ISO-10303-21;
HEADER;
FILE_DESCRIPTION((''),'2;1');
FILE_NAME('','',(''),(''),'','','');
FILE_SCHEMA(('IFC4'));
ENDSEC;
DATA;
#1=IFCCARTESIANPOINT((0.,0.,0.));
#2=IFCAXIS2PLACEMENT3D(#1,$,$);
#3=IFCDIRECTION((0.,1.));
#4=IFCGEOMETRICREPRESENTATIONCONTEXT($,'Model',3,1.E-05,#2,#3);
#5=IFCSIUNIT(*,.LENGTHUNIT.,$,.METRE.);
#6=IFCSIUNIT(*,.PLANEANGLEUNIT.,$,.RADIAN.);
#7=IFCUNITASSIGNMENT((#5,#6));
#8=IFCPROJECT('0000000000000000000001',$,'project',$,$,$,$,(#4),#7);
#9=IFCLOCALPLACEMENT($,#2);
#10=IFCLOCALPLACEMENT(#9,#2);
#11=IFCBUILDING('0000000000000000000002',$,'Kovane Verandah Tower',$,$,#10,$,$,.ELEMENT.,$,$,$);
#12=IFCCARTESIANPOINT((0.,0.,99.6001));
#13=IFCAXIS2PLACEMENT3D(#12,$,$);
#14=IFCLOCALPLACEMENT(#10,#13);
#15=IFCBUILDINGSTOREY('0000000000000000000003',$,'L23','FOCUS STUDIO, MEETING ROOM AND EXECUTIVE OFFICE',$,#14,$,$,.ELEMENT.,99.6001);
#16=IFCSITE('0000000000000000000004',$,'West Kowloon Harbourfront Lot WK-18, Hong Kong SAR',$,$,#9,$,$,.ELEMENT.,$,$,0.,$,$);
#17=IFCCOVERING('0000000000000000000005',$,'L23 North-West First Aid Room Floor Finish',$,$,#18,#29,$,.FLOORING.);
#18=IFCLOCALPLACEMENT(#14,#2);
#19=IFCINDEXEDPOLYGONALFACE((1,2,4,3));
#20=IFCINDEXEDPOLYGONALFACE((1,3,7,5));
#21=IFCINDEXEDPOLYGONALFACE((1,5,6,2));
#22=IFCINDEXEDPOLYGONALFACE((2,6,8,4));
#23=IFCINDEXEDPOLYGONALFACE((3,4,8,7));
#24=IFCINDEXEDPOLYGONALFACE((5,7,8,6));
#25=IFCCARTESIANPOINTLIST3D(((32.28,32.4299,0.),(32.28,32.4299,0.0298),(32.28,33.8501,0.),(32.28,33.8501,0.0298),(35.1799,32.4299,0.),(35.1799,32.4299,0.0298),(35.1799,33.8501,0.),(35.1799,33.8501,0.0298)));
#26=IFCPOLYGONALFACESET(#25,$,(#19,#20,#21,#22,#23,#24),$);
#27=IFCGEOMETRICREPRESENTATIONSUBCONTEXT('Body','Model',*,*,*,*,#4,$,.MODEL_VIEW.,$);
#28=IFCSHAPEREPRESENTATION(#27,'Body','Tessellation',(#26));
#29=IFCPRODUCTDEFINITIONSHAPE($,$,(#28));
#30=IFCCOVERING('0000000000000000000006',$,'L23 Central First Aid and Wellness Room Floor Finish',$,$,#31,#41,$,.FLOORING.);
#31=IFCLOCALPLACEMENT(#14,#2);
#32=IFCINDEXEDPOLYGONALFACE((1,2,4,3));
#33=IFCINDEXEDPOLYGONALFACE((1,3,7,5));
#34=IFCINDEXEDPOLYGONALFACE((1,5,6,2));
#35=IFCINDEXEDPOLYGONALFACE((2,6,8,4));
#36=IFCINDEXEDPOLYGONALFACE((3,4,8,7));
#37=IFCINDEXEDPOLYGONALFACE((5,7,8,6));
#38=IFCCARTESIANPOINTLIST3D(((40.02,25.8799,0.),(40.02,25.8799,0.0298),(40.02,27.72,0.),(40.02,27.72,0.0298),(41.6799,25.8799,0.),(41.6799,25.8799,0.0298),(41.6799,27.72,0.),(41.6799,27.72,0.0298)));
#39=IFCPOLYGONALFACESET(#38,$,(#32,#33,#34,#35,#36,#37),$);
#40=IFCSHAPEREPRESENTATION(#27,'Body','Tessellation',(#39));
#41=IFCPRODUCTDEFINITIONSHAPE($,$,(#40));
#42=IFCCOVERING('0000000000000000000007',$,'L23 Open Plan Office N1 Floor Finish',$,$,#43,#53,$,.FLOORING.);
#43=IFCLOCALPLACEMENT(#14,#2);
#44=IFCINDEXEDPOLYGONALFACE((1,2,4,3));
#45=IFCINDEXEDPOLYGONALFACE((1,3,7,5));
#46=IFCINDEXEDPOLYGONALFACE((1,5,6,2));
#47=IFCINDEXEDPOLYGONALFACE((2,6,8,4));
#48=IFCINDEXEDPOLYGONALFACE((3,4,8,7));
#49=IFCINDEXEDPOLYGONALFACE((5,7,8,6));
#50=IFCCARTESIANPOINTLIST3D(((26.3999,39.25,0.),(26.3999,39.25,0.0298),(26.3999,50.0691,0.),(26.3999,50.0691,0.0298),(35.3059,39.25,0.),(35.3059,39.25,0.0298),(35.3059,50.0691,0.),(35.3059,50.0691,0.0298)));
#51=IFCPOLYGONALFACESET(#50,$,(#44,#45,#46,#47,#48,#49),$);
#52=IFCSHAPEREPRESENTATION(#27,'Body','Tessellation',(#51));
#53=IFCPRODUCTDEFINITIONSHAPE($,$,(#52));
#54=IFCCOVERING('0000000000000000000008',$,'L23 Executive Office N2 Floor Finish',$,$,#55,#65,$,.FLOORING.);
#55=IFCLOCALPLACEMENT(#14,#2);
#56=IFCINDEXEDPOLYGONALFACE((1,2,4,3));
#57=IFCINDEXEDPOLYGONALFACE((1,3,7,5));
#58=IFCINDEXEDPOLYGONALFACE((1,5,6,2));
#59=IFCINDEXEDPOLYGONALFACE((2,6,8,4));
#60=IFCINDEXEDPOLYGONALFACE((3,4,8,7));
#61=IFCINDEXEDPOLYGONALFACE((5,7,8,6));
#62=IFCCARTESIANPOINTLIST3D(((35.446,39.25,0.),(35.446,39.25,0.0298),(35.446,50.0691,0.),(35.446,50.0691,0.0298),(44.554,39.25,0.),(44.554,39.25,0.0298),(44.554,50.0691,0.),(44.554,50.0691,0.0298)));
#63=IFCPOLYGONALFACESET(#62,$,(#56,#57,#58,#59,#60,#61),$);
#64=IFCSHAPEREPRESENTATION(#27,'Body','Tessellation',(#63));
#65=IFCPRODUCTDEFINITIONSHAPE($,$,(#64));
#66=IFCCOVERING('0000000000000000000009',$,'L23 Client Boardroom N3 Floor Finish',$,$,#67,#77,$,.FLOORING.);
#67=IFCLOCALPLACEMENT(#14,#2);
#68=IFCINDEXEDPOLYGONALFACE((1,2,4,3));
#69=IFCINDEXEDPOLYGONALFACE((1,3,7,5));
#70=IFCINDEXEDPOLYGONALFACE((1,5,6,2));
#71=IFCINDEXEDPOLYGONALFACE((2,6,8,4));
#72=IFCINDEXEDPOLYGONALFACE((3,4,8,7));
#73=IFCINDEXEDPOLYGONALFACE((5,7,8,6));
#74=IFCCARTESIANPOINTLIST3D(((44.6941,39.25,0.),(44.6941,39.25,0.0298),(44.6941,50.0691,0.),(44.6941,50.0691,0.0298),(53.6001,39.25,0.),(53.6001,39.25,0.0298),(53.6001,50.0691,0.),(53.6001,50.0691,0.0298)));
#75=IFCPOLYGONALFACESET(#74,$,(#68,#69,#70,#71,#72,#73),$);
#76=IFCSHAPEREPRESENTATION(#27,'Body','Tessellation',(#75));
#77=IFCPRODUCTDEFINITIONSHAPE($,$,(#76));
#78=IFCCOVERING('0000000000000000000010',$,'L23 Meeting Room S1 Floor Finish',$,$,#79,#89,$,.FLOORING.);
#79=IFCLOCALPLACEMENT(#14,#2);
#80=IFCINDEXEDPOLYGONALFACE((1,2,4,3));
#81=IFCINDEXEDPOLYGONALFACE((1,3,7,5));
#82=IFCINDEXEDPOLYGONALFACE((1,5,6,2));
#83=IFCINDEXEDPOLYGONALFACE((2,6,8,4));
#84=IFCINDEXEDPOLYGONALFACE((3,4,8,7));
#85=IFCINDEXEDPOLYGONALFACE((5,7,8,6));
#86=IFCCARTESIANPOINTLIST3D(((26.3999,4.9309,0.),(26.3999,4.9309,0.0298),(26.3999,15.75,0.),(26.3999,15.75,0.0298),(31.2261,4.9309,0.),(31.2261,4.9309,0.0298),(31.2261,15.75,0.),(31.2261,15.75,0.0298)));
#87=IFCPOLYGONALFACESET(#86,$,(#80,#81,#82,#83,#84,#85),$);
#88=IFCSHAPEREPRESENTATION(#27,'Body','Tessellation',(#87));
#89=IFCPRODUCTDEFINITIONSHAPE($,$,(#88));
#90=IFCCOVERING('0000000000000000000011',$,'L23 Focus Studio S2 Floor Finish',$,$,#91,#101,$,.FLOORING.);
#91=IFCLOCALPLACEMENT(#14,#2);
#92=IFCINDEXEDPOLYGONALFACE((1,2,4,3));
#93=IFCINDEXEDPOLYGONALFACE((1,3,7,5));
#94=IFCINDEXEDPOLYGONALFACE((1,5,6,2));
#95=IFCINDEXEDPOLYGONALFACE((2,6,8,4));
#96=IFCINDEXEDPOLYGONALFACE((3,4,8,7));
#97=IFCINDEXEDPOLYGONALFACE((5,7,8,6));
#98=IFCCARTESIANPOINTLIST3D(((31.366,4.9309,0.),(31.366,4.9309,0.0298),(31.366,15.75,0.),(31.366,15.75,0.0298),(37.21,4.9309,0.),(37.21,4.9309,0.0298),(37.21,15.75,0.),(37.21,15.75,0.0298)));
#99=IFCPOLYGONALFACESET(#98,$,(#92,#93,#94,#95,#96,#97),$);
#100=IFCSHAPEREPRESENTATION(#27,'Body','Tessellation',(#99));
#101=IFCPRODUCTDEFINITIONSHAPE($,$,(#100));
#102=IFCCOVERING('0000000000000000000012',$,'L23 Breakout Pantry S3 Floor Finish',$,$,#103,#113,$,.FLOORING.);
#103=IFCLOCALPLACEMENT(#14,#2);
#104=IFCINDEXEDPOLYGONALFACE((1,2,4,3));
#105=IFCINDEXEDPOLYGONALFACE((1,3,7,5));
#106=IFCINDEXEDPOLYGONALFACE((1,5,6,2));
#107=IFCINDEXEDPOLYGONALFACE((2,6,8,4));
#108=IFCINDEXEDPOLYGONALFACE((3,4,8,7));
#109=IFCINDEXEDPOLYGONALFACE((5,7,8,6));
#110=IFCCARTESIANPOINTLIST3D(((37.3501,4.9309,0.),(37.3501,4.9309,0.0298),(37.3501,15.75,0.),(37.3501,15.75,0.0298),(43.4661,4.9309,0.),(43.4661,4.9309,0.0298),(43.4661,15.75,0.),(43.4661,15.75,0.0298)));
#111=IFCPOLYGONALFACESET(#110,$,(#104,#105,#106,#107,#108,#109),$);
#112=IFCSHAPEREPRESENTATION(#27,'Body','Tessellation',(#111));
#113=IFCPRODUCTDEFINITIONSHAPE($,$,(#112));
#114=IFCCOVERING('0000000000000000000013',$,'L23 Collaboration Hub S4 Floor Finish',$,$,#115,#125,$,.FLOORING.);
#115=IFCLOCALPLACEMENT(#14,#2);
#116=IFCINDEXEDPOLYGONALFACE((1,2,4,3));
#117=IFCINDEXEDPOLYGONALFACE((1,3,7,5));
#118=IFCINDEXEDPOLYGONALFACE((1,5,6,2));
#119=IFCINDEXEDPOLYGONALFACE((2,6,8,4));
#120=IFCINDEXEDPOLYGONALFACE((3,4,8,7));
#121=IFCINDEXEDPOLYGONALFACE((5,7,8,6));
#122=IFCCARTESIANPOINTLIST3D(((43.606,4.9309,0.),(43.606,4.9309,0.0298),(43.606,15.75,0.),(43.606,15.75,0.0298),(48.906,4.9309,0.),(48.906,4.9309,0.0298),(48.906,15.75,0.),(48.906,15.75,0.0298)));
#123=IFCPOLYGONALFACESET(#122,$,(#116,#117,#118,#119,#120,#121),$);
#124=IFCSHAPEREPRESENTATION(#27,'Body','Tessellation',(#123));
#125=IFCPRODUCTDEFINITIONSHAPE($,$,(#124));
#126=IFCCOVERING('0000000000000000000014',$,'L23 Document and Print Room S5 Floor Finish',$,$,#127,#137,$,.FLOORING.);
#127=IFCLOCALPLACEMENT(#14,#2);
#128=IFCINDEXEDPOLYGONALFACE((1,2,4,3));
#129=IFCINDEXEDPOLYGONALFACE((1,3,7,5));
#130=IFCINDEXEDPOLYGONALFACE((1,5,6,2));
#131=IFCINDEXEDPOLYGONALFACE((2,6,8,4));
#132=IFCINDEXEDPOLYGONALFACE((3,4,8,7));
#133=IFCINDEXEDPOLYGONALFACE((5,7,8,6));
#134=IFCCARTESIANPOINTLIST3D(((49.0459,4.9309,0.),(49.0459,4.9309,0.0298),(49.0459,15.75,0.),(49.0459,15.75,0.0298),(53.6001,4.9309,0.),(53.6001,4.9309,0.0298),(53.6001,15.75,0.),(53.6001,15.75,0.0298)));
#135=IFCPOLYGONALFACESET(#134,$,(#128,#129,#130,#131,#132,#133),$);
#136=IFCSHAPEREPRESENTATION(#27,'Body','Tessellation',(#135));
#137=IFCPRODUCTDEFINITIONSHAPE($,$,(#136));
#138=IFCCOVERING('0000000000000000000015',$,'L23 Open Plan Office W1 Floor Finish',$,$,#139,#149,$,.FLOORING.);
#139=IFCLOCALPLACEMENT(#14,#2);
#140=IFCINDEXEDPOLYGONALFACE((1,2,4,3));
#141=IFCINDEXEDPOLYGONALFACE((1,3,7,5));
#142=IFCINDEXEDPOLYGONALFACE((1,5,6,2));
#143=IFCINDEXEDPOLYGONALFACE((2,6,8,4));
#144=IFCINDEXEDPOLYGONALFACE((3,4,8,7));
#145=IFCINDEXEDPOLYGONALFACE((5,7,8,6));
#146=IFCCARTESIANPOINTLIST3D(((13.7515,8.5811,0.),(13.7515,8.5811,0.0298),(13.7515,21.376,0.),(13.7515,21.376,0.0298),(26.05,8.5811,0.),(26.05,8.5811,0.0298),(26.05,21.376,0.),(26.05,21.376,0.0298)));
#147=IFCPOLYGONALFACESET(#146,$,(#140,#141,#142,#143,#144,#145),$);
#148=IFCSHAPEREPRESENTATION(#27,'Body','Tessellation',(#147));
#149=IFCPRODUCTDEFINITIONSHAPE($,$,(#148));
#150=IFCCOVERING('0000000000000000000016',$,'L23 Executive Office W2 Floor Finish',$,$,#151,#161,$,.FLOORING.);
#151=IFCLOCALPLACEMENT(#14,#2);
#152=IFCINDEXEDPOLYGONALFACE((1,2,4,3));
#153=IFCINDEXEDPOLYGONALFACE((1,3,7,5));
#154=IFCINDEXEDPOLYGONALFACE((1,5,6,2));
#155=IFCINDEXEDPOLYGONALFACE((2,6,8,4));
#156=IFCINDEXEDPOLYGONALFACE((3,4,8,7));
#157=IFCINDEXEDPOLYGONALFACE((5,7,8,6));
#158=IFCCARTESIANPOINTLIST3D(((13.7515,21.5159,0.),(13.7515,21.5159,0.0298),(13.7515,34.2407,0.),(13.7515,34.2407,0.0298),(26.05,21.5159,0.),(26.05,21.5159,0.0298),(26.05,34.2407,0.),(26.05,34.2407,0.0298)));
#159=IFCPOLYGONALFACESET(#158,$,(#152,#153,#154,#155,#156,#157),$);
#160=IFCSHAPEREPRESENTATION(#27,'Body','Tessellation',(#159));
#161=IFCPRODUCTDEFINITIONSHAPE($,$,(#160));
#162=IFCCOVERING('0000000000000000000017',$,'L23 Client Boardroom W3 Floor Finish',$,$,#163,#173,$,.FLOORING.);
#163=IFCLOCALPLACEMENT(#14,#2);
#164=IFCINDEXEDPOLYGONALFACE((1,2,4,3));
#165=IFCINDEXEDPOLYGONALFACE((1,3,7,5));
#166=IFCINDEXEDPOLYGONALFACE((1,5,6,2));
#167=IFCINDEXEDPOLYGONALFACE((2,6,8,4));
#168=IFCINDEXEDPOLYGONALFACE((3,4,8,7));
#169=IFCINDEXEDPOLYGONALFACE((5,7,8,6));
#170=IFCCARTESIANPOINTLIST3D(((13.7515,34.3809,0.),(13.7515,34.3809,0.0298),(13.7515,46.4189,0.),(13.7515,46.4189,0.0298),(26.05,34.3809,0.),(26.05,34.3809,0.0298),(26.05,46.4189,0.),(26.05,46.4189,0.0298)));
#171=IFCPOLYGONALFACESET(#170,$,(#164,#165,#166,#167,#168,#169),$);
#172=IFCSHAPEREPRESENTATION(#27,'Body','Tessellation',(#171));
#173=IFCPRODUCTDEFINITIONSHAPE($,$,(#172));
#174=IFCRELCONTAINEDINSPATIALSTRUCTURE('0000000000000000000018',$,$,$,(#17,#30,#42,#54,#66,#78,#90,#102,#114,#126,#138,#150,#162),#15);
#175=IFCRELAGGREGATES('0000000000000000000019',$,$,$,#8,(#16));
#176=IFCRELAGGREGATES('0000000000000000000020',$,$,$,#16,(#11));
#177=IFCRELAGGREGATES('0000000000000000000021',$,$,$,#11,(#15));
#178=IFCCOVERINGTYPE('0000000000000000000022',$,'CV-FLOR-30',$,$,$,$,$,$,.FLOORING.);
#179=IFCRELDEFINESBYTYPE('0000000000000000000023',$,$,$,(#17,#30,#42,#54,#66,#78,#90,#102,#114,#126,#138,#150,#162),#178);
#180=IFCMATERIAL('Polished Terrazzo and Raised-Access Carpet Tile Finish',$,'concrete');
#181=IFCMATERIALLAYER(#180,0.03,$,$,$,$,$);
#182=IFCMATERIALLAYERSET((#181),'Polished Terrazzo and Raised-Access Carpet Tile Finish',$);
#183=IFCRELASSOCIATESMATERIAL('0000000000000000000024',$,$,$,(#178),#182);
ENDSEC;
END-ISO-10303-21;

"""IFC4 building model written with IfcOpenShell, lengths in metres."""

from ifc_helpers import new_model, si_unit, direction, frame, origin, place, context, subcontext, project, spatial, polyline, outline, extrude, material, layer, layer_set, type_object, element, save


model = new_model("IFC4")

# Units and contexts
model_context = context("Model", 3, precision=1e-05, world=origin(), true_north=direction((0.0, 1.0)))
body_context = subcontext(model_context, "Body", "Model", "MODEL_VIEW")
ifc_project = project(units=[si_unit("LENGTHUNIT", "METRE"), si_unit("PLANEANGLEUNIT", "RADIAN")], contexts=[model_context])

# Site, building, storey
site_placement = place(None, origin())
site = spatial("IfcSite", under=ifc_project, at=site_placement, Name="West Kowloon Harbourfront Lot WK-18, Hong Kong SAR", CompositionType="ELEMENT", RefElevation=0.0)
building_placement = place(site_placement, origin())
building = spatial("IfcBuilding", under=site, at=building_placement, Name="Kovane Verandah Tower", CompositionType="ELEMENT")
storey_placement = place(building_placement, frame((0.0, 0.0, 99.6001)))
storey = spatial("IfcBuildingStorey", under=building, at=storey_placement, Name="L23", Description="FOCUS STUDIO, MEETING ROOM AND EXECUTIVE OFFICE", CompositionType="ELEMENT", Elevation=99.6001)

# Coverings
ifc_material_1 = material(Name="Polished Terrazzo and Raised-Access Carpet Tile Finish", Category="concrete")
ifc_layer_1 = layer(ifc_material_1, 0.03)
ifc_layer_set_1 = layer_set([ifc_layer_1], Name="Polished Terrazzo and Raised-Access Carpet Tile Finish")
covering_type = type_object("IfcCoveringType", Name="CV-FLOR-30", PredefinedType="FLOORING", material=ifc_layer_set_1)
covering_1_placement = place(storey_placement, origin())
element("IfcCovering", 1, at=covering_1_placement, inside=storey, type_object=covering_type, Name="L23 North-West First Aid Room Floor Finish", PredefinedType="FLOORING", context=body_context, shape_type="SweptSolid", body=[
    extrude(outline(polyline([(32.28, 32.4299), (35.1799, 32.4299), (35.1799, 33.8501), (32.28, 33.8501), (32.28, 32.4299)])), origin(), (0.0, 0.0, 1.0), 0.0298),
])
covering_2_placement = place(storey_placement, origin())
element("IfcCovering", 2, at=covering_2_placement, inside=storey, type_object=covering_type, Name="L23 Central First Aid and Wellness Room Floor Finish", PredefinedType="FLOORING", context=body_context, shape_type="SweptSolid", body=[
    extrude(outline(polyline([(40.02, 25.8799), (41.6799, 25.8799), (41.6799, 27.72), (40.02, 27.72), (40.02, 25.8799)])), origin(), (0.0, 0.0, 1.0), 0.0298),
])
covering_3_placement = place(storey_placement, origin())
element("IfcCovering", 3, at=covering_3_placement, inside=storey, type_object=covering_type, Name="L23 Open Plan Office N1 Floor Finish", PredefinedType="FLOORING", context=body_context, shape_type="SweptSolid", body=[
    extrude(outline(polyline([(26.3999, 39.25), (35.3059, 39.25), (35.3059, 50.0691), (26.3999, 50.0691), (26.3999, 39.25)])), origin(), (0.0, 0.0, 1.0), 0.0298),
])
covering_4_placement = place(storey_placement, origin())
element("IfcCovering", 4, at=covering_4_placement, inside=storey, type_object=covering_type, Name="L23 Executive Office N2 Floor Finish", PredefinedType="FLOORING", context=body_context, shape_type="SweptSolid", body=[
    extrude(outline(polyline([(35.446, 39.25), (44.554, 39.25), (44.554, 50.0691), (35.446, 50.0691), (35.446, 39.25)])), origin(), (0.0, 0.0, 1.0), 0.0298),
])
covering_5_placement = place(storey_placement, origin())
element("IfcCovering", 5, at=covering_5_placement, inside=storey, type_object=covering_type, Name="L23 Client Boardroom N3 Floor Finish", PredefinedType="FLOORING", context=body_context, shape_type="SweptSolid", body=[
    extrude(outline(polyline([(44.6941, 39.25), (53.6001, 39.25), (53.6001, 50.0691), (44.6941, 50.0691), (44.6941, 39.25)])), origin(), (0.0, 0.0, 1.0), 0.0298),
])
covering_6_placement = place(storey_placement, origin())
element("IfcCovering", 6, at=covering_6_placement, inside=storey, type_object=covering_type, Name="L23 Meeting Room S1 Floor Finish", PredefinedType="FLOORING", context=body_context, shape_type="SweptSolid", body=[
    extrude(outline(polyline([(26.3999, 4.9309), (31.2261, 4.9309), (31.2261, 15.75), (26.3999, 15.75), (26.3999, 4.9309)])), origin(), (0.0, 0.0, 1.0), 0.0298),
])
covering_7_placement = place(storey_placement, origin())
element("IfcCovering", 7, at=covering_7_placement, inside=storey, type_object=covering_type, Name="L23 Focus Studio S2 Floor Finish", PredefinedType="FLOORING", context=body_context, shape_type="SweptSolid", body=[
    extrude(outline(polyline([(31.366, 4.9309), (37.21, 4.9309), (37.21, 15.75), (31.366, 15.75), (31.366, 4.9309)])), origin(), (0.0, 0.0, 1.0), 0.0298),
])
covering_8_placement = place(storey_placement, origin())
element("IfcCovering", 8, at=covering_8_placement, inside=storey, type_object=covering_type, Name="L23 Breakout Pantry S3 Floor Finish", PredefinedType="FLOORING", context=body_context, shape_type="SweptSolid", body=[
    extrude(outline(polyline([(37.3501, 4.9309), (43.4661, 4.9309), (43.4661, 15.75), (37.3501, 15.75), (37.3501, 4.9309)])), origin(), (0.0, 0.0, 1.0), 0.0298),
])
covering_9_placement = place(storey_placement, origin())
element("IfcCovering", 9, at=covering_9_placement, inside=storey, type_object=covering_type, Name="L23 Collaboration Hub S4 Floor Finish", PredefinedType="FLOORING", context=body_context, shape_type="SweptSolid", body=[
    extrude(outline(polyline([(43.606, 4.9309), (48.906, 4.9309), (48.906, 15.75), (43.606, 15.75), (43.606, 4.9309)])), origin(), (0.0, 0.0, 1.0), 0.0298),
])
covering_10_placement = place(storey_placement, origin())
element("IfcCovering", 10, at=covering_10_placement, inside=storey, type_object=covering_type, Name="L23 Document and Print Room S5 Floor Finish", PredefinedType="FLOORING", context=body_context, shape_type="SweptSolid", body=[
    extrude(outline(polyline([(49.0459, 4.9309), (53.6001, 4.9309), (53.6001, 15.75), (49.0459, 15.75), (49.0459, 4.9309)])), origin(), (0.0, 0.0, 1.0), 0.0298),
])
covering_11_placement = place(storey_placement, origin())
element("IfcCovering", 11, at=covering_11_placement, inside=storey, type_object=covering_type, Name="L23 Open Plan Office W1 Floor Finish", PredefinedType="FLOORING", context=body_context, shape_type="SweptSolid", body=[
    extrude(outline(polyline([(13.7515, 8.5811), (26.05, 8.5811), (26.05, 21.376), (13.7515, 21.376), (13.7515, 8.5811)])), origin(), (0.0, 0.0, 1.0), 0.0298),
])
covering_12_placement = place(storey_placement, origin())
element("IfcCovering", 12, at=covering_12_placement, inside=storey, type_object=covering_type, Name="L23 Executive Office W2 Floor Finish", PredefinedType="FLOORING", context=body_context, shape_type="SweptSolid", body=[
    extrude(outline(polyline([(13.7515, 21.5159), (26.05, 21.5159), (26.05, 34.2407), (13.7515, 34.2407), (13.7515, 21.5159)])), origin(), (0.0, 0.0, 1.0), 0.0298),
])
covering_13_placement = place(storey_placement, origin())
element("IfcCovering", 13, at=covering_13_placement, inside=storey, type_object=covering_type, Name="L23 Client Boardroom W3 Floor Finish", PredefinedType="FLOORING", context=body_context, shape_type="SweptSolid", body=[
    extrude(outline(polyline([(13.7515, 34.3809), (26.05, 34.3809), (26.05, 46.4189), (13.7515, 46.4189), (13.7515, 34.3809)])), origin(), (0.0, 0.0, 1.0), 0.0298),
])

save(model, "model.ifc")
